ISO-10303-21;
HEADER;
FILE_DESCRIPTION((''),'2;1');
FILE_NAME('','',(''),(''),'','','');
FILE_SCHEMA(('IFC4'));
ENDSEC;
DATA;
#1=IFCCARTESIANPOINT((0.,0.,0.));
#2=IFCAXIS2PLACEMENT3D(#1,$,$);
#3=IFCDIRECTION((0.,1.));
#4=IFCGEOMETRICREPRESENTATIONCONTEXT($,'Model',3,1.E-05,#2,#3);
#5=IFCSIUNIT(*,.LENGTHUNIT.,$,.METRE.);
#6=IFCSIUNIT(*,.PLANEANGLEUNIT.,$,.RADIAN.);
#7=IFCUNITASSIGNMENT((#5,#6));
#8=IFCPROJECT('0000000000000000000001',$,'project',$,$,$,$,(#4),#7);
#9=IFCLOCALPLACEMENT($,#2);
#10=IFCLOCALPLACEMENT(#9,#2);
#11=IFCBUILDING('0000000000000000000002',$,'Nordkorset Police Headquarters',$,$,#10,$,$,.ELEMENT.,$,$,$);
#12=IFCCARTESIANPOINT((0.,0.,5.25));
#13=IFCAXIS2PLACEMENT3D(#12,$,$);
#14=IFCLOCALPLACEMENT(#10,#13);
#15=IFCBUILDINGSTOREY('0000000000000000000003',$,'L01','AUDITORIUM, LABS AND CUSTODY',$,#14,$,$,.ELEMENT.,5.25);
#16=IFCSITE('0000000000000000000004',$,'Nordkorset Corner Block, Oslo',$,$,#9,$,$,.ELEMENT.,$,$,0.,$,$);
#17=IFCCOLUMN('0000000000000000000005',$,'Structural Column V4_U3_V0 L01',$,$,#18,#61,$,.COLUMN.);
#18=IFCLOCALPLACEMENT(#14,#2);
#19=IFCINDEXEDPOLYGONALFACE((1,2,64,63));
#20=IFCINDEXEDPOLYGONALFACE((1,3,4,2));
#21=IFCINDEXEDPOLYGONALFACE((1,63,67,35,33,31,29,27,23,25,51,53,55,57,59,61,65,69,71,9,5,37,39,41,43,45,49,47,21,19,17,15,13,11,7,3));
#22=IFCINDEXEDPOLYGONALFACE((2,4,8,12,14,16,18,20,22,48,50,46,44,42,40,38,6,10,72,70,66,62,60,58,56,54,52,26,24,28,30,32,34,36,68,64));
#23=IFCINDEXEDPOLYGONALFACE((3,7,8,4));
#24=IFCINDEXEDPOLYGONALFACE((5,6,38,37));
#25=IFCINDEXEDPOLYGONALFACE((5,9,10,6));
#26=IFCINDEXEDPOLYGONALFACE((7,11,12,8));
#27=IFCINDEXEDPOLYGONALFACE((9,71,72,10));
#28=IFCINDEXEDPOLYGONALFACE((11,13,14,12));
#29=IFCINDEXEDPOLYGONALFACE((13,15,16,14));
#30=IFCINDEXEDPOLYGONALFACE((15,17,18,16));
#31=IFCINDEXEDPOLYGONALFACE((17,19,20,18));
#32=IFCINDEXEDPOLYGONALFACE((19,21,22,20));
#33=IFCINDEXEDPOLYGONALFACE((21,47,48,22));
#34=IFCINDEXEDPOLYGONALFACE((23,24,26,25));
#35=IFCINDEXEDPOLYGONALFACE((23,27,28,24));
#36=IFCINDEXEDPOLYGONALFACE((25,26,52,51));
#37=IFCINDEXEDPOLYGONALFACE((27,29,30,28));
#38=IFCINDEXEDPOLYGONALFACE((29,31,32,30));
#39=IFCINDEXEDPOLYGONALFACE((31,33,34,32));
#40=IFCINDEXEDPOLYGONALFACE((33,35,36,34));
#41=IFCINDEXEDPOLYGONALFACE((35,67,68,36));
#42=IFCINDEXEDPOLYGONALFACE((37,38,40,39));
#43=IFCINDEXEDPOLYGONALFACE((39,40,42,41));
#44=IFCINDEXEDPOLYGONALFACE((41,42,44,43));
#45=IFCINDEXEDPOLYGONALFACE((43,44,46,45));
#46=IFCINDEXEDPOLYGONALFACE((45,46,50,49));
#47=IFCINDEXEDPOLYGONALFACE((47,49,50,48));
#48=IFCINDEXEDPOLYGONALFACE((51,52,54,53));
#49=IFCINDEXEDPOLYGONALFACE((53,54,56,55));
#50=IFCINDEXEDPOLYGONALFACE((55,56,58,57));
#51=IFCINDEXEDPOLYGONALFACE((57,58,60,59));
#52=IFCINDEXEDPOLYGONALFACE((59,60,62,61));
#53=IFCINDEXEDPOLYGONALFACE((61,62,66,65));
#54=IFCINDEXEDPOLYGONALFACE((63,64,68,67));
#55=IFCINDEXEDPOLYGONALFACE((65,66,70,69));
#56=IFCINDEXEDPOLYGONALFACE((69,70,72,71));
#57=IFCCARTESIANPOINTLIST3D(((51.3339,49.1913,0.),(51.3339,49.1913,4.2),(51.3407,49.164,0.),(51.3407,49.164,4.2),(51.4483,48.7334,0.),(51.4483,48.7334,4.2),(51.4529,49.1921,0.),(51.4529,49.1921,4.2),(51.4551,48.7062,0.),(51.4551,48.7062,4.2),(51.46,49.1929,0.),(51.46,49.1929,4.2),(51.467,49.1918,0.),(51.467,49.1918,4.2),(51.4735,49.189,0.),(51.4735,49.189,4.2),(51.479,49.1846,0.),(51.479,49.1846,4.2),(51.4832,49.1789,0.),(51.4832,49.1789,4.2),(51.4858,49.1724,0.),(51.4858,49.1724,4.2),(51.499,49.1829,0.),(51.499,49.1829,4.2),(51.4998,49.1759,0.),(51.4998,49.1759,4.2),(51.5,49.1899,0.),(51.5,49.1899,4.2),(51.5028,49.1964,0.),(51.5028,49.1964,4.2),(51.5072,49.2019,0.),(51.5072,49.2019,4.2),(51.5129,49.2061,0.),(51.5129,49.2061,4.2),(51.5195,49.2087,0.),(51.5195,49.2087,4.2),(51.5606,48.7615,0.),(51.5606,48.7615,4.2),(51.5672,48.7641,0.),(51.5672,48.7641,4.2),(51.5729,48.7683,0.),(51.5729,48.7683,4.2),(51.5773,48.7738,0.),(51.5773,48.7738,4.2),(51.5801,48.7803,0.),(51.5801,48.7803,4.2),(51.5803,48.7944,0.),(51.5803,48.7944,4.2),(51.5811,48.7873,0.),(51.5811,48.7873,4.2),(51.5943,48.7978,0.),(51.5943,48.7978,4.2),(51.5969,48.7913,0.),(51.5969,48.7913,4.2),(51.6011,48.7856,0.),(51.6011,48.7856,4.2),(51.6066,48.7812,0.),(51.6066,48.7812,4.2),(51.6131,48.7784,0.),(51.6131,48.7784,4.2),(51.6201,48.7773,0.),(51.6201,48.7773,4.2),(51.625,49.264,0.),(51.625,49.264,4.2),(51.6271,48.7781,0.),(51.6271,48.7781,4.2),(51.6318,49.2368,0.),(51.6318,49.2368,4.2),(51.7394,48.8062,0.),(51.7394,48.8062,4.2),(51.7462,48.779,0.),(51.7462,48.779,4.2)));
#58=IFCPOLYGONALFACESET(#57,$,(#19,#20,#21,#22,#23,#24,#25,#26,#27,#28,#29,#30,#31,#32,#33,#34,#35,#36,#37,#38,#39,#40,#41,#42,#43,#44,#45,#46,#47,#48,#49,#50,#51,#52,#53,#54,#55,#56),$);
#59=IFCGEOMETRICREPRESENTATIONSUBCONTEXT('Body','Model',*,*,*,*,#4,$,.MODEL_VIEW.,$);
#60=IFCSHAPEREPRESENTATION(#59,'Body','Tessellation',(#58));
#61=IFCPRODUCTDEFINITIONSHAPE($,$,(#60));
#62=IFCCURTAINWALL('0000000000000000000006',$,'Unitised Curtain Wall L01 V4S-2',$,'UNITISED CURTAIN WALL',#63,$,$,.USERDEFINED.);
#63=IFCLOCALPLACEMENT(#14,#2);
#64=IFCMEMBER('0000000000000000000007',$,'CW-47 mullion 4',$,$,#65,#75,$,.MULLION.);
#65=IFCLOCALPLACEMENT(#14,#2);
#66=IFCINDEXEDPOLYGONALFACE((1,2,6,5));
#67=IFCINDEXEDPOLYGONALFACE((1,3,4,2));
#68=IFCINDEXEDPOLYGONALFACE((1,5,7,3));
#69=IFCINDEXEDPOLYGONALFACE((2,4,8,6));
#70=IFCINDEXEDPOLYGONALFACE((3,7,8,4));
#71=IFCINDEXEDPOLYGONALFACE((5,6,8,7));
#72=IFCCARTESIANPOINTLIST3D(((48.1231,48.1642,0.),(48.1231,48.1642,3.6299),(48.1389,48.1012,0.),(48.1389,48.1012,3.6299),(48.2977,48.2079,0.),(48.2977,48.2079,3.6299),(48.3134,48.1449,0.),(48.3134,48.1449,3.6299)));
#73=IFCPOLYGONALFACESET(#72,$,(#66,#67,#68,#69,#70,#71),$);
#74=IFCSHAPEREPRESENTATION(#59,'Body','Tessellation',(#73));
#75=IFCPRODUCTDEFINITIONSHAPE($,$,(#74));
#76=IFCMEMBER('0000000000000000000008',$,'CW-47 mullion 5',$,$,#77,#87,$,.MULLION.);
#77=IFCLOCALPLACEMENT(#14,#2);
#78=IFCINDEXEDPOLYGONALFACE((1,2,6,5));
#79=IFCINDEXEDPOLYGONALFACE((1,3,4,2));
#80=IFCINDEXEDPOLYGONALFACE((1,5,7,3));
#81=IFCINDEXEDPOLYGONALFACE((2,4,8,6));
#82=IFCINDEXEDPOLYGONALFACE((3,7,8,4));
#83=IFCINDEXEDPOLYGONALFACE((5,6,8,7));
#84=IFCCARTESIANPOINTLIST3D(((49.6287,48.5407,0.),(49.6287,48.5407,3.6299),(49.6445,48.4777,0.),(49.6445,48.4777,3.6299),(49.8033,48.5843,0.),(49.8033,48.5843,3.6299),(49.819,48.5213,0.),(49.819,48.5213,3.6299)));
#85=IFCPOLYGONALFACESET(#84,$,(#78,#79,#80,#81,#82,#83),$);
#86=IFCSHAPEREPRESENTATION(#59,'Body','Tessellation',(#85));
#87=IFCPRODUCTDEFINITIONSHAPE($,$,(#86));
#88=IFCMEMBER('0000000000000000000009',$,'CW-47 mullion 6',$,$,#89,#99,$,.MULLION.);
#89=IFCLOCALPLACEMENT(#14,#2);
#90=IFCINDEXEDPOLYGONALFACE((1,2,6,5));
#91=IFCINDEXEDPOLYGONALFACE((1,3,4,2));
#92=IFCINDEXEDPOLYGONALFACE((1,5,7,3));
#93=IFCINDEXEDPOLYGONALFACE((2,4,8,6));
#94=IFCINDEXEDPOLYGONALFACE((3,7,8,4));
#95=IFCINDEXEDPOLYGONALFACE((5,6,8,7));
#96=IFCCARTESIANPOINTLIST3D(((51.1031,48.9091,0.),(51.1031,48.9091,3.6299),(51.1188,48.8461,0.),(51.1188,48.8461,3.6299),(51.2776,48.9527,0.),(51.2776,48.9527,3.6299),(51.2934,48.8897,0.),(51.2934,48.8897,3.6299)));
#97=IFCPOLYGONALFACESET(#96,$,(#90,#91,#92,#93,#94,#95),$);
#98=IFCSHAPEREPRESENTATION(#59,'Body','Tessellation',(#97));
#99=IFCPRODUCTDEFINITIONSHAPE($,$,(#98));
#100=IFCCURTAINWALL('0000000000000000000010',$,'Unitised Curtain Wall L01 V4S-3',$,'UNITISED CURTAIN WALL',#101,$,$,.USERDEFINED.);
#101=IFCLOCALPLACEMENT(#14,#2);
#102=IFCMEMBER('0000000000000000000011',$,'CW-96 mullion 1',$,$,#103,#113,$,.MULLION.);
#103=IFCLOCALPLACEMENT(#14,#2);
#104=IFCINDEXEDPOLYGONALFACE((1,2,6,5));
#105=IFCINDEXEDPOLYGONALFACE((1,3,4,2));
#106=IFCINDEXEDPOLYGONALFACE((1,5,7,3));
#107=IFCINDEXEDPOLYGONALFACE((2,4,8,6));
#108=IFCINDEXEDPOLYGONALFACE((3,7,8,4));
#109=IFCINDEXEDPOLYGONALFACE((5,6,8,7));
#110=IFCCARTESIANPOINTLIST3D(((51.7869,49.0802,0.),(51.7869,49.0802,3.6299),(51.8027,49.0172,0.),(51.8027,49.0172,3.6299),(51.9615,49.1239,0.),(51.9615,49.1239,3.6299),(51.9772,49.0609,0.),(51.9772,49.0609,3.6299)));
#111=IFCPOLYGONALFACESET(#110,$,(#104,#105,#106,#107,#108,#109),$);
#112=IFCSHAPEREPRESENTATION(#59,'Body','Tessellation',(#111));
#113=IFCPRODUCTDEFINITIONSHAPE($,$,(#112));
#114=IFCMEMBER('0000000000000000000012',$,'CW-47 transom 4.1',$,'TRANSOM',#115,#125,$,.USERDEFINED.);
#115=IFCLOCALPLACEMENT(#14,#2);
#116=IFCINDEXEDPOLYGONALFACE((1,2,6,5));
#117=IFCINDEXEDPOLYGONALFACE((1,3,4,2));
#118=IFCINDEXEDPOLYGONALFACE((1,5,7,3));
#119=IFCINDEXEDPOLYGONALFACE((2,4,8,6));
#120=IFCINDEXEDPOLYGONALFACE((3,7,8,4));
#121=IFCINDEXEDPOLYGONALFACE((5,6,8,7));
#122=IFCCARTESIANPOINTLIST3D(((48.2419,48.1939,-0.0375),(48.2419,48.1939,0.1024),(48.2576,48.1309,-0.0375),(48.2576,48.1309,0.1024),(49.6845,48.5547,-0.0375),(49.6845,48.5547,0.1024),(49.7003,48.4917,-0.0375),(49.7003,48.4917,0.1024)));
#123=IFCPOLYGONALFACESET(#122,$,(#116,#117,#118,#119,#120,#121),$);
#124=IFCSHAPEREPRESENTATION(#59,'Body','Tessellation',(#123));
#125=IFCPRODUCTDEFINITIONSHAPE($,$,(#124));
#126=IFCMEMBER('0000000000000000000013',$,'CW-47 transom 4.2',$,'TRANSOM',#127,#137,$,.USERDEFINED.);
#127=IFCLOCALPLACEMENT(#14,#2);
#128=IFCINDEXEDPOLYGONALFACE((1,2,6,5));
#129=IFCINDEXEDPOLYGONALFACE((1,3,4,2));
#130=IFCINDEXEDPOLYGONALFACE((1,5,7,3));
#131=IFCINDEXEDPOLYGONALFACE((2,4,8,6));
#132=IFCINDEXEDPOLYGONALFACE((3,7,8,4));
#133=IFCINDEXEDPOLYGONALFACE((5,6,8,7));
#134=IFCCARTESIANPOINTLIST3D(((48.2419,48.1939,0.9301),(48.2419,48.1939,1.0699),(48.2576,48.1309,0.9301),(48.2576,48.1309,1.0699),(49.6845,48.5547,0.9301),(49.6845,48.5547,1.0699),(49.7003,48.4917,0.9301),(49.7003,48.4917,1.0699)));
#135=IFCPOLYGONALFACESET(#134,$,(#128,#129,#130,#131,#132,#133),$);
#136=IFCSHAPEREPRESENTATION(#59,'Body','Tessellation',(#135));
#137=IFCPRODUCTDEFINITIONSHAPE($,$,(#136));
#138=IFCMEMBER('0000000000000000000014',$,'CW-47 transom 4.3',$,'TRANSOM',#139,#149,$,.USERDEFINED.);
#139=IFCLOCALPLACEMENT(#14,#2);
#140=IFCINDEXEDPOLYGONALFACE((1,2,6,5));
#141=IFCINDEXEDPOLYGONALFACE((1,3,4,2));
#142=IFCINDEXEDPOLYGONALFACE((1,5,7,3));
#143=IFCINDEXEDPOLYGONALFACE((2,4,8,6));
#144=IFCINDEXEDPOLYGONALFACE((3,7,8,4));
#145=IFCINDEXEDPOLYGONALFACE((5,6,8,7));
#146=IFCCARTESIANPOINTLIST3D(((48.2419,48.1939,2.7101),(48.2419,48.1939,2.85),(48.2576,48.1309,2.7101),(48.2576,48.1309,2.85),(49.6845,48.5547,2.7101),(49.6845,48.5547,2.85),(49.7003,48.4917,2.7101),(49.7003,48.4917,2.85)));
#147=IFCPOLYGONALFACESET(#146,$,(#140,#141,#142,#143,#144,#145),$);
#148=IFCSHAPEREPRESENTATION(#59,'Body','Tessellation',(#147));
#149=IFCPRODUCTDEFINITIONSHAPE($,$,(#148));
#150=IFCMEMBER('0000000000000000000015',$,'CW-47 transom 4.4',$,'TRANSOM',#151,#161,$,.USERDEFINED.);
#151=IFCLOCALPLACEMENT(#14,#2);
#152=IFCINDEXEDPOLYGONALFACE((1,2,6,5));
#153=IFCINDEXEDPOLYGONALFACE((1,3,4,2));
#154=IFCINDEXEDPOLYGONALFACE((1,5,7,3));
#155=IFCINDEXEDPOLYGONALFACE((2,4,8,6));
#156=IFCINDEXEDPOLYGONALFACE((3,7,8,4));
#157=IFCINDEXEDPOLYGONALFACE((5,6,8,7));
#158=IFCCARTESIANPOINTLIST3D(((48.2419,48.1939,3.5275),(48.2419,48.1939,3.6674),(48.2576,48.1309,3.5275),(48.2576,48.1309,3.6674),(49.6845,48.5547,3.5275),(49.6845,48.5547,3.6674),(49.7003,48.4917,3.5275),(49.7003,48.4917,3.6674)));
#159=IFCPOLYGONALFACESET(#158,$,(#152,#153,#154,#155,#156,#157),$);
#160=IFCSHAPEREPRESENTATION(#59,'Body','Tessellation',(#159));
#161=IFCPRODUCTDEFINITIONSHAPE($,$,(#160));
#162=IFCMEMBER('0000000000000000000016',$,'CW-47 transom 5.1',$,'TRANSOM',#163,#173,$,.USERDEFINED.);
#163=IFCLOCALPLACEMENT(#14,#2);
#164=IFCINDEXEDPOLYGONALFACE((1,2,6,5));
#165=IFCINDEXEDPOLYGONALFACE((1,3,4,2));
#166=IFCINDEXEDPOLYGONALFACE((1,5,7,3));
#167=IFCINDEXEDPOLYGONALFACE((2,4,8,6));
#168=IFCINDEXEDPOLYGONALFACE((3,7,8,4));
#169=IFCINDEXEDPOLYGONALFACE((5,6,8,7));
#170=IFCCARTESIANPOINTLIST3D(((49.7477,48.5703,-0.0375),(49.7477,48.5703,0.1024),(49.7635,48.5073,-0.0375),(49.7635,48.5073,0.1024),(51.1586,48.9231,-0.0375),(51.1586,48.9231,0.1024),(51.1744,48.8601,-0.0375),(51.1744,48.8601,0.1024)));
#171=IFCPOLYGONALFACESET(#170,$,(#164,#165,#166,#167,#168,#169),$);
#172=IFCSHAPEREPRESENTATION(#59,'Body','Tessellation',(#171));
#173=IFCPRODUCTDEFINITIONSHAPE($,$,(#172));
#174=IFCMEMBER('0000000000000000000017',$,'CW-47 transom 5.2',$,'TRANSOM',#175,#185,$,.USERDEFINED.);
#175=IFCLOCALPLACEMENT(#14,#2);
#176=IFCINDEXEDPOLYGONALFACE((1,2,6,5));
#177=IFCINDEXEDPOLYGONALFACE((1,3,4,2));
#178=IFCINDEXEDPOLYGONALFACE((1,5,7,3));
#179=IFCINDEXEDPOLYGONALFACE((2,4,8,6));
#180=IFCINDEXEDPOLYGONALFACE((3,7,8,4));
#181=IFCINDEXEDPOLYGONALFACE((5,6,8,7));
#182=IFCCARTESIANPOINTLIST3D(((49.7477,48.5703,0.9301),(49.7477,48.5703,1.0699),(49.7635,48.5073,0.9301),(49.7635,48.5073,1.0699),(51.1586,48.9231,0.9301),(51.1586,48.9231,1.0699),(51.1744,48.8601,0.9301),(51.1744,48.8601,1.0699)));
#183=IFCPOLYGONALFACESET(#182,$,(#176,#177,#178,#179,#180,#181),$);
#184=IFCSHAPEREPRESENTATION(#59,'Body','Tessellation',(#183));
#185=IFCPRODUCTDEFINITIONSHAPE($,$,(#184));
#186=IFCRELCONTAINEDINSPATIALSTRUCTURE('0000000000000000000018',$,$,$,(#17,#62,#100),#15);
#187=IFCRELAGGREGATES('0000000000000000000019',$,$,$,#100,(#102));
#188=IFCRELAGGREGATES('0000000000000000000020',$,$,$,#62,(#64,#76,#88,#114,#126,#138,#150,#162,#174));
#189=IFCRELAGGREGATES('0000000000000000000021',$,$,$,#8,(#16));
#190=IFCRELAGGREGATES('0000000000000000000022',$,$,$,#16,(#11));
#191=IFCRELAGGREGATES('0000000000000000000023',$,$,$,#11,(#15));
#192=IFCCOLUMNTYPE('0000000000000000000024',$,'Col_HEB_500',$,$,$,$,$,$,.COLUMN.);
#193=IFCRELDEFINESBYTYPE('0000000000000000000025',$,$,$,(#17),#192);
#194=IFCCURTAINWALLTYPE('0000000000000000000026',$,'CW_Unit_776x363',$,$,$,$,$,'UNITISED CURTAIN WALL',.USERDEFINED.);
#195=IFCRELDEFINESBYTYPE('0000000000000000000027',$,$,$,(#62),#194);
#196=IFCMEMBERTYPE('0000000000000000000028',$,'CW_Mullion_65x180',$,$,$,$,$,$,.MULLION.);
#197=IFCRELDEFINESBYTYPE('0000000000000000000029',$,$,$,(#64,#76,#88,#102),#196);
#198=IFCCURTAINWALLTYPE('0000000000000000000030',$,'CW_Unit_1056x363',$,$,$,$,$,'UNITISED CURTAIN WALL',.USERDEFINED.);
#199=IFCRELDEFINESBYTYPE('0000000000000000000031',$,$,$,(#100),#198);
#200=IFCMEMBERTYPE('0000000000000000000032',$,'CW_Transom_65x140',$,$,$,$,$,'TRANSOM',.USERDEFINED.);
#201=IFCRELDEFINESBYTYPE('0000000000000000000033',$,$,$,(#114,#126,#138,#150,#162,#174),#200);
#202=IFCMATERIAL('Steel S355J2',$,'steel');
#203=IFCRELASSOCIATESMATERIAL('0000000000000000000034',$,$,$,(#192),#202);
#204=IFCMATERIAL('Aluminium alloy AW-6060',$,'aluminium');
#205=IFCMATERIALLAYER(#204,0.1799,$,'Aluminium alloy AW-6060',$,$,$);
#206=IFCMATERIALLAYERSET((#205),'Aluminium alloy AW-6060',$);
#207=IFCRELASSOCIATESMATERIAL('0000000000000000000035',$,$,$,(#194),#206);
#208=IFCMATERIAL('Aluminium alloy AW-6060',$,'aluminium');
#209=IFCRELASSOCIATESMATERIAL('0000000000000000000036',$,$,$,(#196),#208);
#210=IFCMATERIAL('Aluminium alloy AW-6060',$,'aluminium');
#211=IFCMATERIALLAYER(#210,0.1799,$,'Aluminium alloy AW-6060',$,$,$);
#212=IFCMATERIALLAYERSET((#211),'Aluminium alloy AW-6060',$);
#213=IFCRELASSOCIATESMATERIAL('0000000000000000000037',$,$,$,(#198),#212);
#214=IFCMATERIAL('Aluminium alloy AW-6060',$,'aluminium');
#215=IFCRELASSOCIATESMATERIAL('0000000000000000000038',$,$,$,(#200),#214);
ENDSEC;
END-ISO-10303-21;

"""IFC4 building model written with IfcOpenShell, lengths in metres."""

from ifc_helpers import new_model, si_unit, direction, frame, origin, origin_2d, place, context, subcontext, project, spatial, rectangle, i_section, extrude, material, layer, layer_set, material_profile, profile_set, type_object, element, aggregate, save


model = new_model("IFC4")

# Units and contexts
model_context = context("Model", 3, precision=1e-05, world=origin(), true_north=direction((0.0, 1.0)))
body_context = subcontext(model_context, "Body", "Model", "MODEL_VIEW")
ifc_project = project(units=[si_unit("LENGTHUNIT", "METRE"), si_unit("PLANEANGLEUNIT", "RADIAN")], contexts=[model_context])

# Site, building, storey
site_placement = place(None, origin())
site = spatial("IfcSite", under=ifc_project, at=site_placement, Name="Nordkorset Corner Block, Oslo", CompositionType="ELEMENT", RefElevation=0.0)
building_placement = place(site_placement, origin())
building = spatial("IfcBuilding", under=site, at=building_placement, Name="Nordkorset Police Headquarters", CompositionType="ELEMENT")
storey_placement = place(building_placement, frame((0.0, 0.0, 5.25)))
storey = spatial("IfcBuildingStorey", under=building, at=storey_placement, Name="L01", Description="AUDITORIUM, LABS AND CUSTODY", CompositionType="ELEMENT", Elevation=5.25)

# Column
ifc_material_1 = material(Name="Steel S355J2", Category="steel")
ifc_material_profile_1 = material_profile(ifc_material_1, i_section(OverallWidth=0.3, OverallDepth=0.5, WebThickness=0.0144, FlangeThickness=0.0281, FilletRadius=0.0271, at=origin_2d()), Name="HEB 500")
ifc_profile_set_1 = profile_set([ifc_material_profile_1], Name="Steel S355J2")
column_type = type_object("IfcColumnType", Name="Col_HEB_500", PredefinedType="COLUMN", material=ifc_profile_set_1)
column_placement = place(storey_placement, frame((51.54, 48.9851, 0.0), z_axis=(0.0, 0.0, 1.0), x_axis=(0.970143, 0.242536, 0.0)))
element("IfcColumn", 1, at=column_placement, inside=storey, type_object=column_type, Name="Structural Column V4_U3_V0 L01", PredefinedType="COLUMN", context=body_context, shape_type="SweptSolid", body=[
    extrude(i_section(OverallWidth=0.3, OverallDepth=0.5, WebThickness=0.0144, FlangeThickness=0.0281, FilletRadius=0.0271, at=origin_2d()), origin(), (0.0, 0.0, 1.0), 4.2),
])

# Curtain wall, members
ifc_material_2 = material(Name="Aluminium alloy AW-6060", Category="aluminium")
ifc_layer_1 = layer(ifc_material_2, 0.1799, Name="Aluminium alloy AW-6060")
ifc_layer_set_1 = layer_set([ifc_layer_1], Name="Aluminium alloy AW-6060")
curtain_wall_type_1 = type_object("IfcCurtainWallType", Name="CW_Unit_776x363", ElementType="UNITISED CURTAIN WALL", PredefinedType="USERDEFINED", material=ifc_layer_set_1)
curtain_wall_1_placement = place(storey_placement, origin())
curtain_wall_1 = element("IfcCurtainWall", 2, at=curtain_wall_1_placement, inside=storey, type_object=curtain_wall_type_1, Name="Unitised Curtain Wall L01 V4S-2", ObjectType="UNITISED CURTAIN WALL", PredefinedType="USERDEFINED")
ifc_material_3 = material(Name="Aluminium alloy AW-6060", Category="aluminium")
ifc_material_profile_2 = material_profile(ifc_material_3, rectangle(XDim=0.0649, YDim=0.1799, at=origin_2d()), Name="ALU MULL 65x180")
ifc_profile_set_2 = profile_set([ifc_material_profile_2], Name="Aluminium alloy AW-6060")
member_type_1 = type_object("IfcMemberType", Name="CW_Mullion_65x180", PredefinedType="MULLION", material=ifc_profile_set_2)
member_1_placement = place(storey_placement, frame((48.2183, 48.1545, 0.0), z_axis=(0.0, 0.0, 1.0), x_axis=(-0.242535, 0.970143, 0.0)))
member_1 = element("IfcMember", 3, at=member_1_placement, type_object=member_type_1, Name="CW-47 mullion 4", PredefinedType="MULLION", context=body_context, shape_type="SweptSolid", body=[
    extrude(rectangle(XDim=0.0649, YDim=0.1799, at=origin_2d()), origin(), (0.0, 0.0, 1.0), 3.6299),
])
member_2_placement = place(storey_placement, frame((49.7239, 48.531, 0.0), z_axis=(0.0, 0.0, 1.0), x_axis=(-0.242535, 0.970143, 0.0)))
member_2 = element("IfcMember", 4, at=member_2_placement, type_object=member_type_1, Name="CW-47 mullion 5", PredefinedType="MULLION", context=body_context, shape_type="SweptSolid", body=[
    extrude(rectangle(XDim=0.0649, YDim=0.1799, at=origin_2d()), origin(), (0.0, 0.0, 1.0), 3.6299),
])
member_3_placement = place(storey_placement, frame((51.1982, 48.8994, 0.0), z_axis=(0.0, 0.0, 1.0), x_axis=(-0.242535, 0.970143, 0.0)))
member_3 = element("IfcMember", 5, at=member_3_placement, type_object=member_type_1, Name="CW-47 mullion 6", PredefinedType="MULLION", context=body_context, shape_type="SweptSolid", body=[
    extrude(rectangle(XDim=0.0649, YDim=0.1799, at=origin_2d()), origin(), (0.0, 0.0, 1.0), 3.6299),
])

# Curtain wall, member
ifc_material_4 = material(Name="Aluminium alloy AW-6060", Category="aluminium")
ifc_layer_2 = layer(ifc_material_4, 0.1799, Name="Aluminium alloy AW-6060")
ifc_layer_set_2 = layer_set([ifc_layer_2], Name="Aluminium alloy AW-6060")
curtain_wall_type_2 = type_object("IfcCurtainWallType", Name="CW_Unit_1056x363", ElementType="UNITISED CURTAIN WALL", PredefinedType="USERDEFINED", material=ifc_layer_set_2)
curtain_wall_2_placement = place(storey_placement, origin())
curtain_wall_2 = element("IfcCurtainWall", 6, at=curtain_wall_2_placement, inside=storey, type_object=curtain_wall_type_2, Name="Unitised Curtain Wall L01 V4S-3", ObjectType="UNITISED CURTAIN WALL", PredefinedType="USERDEFINED")
member_4_placement = place(storey_placement, frame((51.8821, 49.0706, 0.0), z_axis=(0.0, 0.0, 1.0), x_axis=(-0.242535, 0.970143, 0.0)))
member_4 = element("IfcMember", 7, at=member_4_placement, type_object=member_type_1, Name="CW-96 mullion 1", PredefinedType="MULLION", context=body_context, shape_type="SweptSolid", body=[
    extrude(rectangle(XDim=0.0649, YDim=0.1799, at=origin_2d()), origin(), (0.0, 0.0, 1.0), 3.6299),
])

# Members
ifc_material_5 = material(Name="Aluminium alloy AW-6060", Category="aluminium")
ifc_material_profile_3 = material_profile(ifc_material_5, rectangle(XDim=0.0649, YDim=0.1399, at=origin_2d()), Name="ALU TRAN 65x140")
ifc_profile_set_3 = profile_set([ifc_material_profile_3], Name="Aluminium alloy AW-6060")
member_type_2 = type_object("IfcMemberType", Name="CW_Transom_65x140", ElementType="TRANSOM", PredefinedType="USERDEFINED", material=ifc_profile_set_3)
member_5_placement = place(storey_placement, frame((48.2498, 48.1624, 0.0325), z_axis=(0.970114, 0.242652, 0.0), x_axis=(-0.242652, 0.970114, 0.0)))
member_5 = element("IfcMember", 8, at=member_5_placement, type_object=member_type_2, Name="CW-47 transom 4.1", ObjectType="TRANSOM", PredefinedType="USERDEFINED", context=body_context, shape_type="SweptSolid", body=[
    extrude(rectangle(XDim=0.0649, YDim=0.1399, at=origin_2d()), origin(), (0.0, 0.0, 1.0), 1.4871),
])
member_6_placement = place(storey_placement, frame((48.2498, 48.1624, 1.0), z_axis=(0.970114, 0.242652, 0.0), x_axis=(-0.242652, 0.970114, 0.0)))
member_6 = element("IfcMember", 9, at=member_6_placement, type_object=member_type_2, Name="CW-47 transom 4.2", ObjectType="TRANSOM", PredefinedType="USERDEFINED", context=body_context, shape_type="SweptSolid", body=[
    extrude(rectangle(XDim=0.0649, YDim=0.1399, at=origin_2d()), origin(), (0.0, 0.0, 1.0), 1.4871),
])
member_7_placement = place(storey_placement, frame((48.2498, 48.1624, 2.78), z_axis=(0.970114, 0.242652, 0.0), x_axis=(-0.242652, 0.970114, 0.0)))
member_7 = element("IfcMember", 10, at=member_7_placement, type_object=member_type_2, Name="CW-47 transom 4.3", ObjectType="TRANSOM", PredefinedType="USERDEFINED", context=body_context, shape_type="SweptSolid", body=[
    extrude(rectangle(XDim=0.0649, YDim=0.1399, at=origin_2d()), origin(), (0.0, 0.0, 1.0), 1.4871),
])
member_8_placement = place(storey_placement, frame((48.2498, 48.1624, 3.5974), z_axis=(0.970114, 0.242652, 0.0), x_axis=(-0.242652, 0.970114, 0.0)))
member_8 = element("IfcMember", 11, at=member_8_placement, type_object=member_type_2, Name="CW-47 transom 4.4", ObjectType="TRANSOM", PredefinedType="USERDEFINED", context=body_context, shape_type="SweptSolid", body=[
    extrude(rectangle(XDim=0.0649, YDim=0.1399, at=origin_2d()), origin(), (0.0, 0.0, 1.0), 1.4871),
])
member_9_placement = place(storey_placement, frame((49.7556, 48.5388, 0.0325), z_axis=(0.970133, 0.242575, 0.0), x_axis=(-0.242575, 0.970133, 0.0)))
member_9 = element("IfcMember", 12, at=member_9_placement, type_object=member_type_2, Name="CW-47 transom 5.1", ObjectType="TRANSOM", PredefinedType="USERDEFINED", context=body_context, shape_type="SweptSolid", body=[
    extrude(rectangle(XDim=0.0649, YDim=0.1399, at=origin_2d()), origin(), (0.0, 0.0, 1.0), 1.4543),
])
member_10_placement = place(storey_placement, frame((49.7556, 48.5388, 1.0), z_axis=(0.970133, 0.242575, 0.0), x_axis=(-0.242575, 0.970133, 0.0)))
member_10 = element("IfcMember", 13, at=member_10_placement, type_object=member_type_2, Name="CW-47 transom 5.2", ObjectType="TRANSOM", PredefinedType="USERDEFINED", context=body_context, shape_type="SweptSolid", body=[
    extrude(rectangle(XDim=0.0649, YDim=0.1399, at=origin_2d()), origin(), (0.0, 0.0, 1.0), 1.4543),
])
aggregate(curtain_wall_2, [member_4])

aggregate(curtain_wall_1, [member_1, member_2, member_3, member_5, member_6, member_7, member_8, member_9, member_10])

save(model, "model.ifc")
